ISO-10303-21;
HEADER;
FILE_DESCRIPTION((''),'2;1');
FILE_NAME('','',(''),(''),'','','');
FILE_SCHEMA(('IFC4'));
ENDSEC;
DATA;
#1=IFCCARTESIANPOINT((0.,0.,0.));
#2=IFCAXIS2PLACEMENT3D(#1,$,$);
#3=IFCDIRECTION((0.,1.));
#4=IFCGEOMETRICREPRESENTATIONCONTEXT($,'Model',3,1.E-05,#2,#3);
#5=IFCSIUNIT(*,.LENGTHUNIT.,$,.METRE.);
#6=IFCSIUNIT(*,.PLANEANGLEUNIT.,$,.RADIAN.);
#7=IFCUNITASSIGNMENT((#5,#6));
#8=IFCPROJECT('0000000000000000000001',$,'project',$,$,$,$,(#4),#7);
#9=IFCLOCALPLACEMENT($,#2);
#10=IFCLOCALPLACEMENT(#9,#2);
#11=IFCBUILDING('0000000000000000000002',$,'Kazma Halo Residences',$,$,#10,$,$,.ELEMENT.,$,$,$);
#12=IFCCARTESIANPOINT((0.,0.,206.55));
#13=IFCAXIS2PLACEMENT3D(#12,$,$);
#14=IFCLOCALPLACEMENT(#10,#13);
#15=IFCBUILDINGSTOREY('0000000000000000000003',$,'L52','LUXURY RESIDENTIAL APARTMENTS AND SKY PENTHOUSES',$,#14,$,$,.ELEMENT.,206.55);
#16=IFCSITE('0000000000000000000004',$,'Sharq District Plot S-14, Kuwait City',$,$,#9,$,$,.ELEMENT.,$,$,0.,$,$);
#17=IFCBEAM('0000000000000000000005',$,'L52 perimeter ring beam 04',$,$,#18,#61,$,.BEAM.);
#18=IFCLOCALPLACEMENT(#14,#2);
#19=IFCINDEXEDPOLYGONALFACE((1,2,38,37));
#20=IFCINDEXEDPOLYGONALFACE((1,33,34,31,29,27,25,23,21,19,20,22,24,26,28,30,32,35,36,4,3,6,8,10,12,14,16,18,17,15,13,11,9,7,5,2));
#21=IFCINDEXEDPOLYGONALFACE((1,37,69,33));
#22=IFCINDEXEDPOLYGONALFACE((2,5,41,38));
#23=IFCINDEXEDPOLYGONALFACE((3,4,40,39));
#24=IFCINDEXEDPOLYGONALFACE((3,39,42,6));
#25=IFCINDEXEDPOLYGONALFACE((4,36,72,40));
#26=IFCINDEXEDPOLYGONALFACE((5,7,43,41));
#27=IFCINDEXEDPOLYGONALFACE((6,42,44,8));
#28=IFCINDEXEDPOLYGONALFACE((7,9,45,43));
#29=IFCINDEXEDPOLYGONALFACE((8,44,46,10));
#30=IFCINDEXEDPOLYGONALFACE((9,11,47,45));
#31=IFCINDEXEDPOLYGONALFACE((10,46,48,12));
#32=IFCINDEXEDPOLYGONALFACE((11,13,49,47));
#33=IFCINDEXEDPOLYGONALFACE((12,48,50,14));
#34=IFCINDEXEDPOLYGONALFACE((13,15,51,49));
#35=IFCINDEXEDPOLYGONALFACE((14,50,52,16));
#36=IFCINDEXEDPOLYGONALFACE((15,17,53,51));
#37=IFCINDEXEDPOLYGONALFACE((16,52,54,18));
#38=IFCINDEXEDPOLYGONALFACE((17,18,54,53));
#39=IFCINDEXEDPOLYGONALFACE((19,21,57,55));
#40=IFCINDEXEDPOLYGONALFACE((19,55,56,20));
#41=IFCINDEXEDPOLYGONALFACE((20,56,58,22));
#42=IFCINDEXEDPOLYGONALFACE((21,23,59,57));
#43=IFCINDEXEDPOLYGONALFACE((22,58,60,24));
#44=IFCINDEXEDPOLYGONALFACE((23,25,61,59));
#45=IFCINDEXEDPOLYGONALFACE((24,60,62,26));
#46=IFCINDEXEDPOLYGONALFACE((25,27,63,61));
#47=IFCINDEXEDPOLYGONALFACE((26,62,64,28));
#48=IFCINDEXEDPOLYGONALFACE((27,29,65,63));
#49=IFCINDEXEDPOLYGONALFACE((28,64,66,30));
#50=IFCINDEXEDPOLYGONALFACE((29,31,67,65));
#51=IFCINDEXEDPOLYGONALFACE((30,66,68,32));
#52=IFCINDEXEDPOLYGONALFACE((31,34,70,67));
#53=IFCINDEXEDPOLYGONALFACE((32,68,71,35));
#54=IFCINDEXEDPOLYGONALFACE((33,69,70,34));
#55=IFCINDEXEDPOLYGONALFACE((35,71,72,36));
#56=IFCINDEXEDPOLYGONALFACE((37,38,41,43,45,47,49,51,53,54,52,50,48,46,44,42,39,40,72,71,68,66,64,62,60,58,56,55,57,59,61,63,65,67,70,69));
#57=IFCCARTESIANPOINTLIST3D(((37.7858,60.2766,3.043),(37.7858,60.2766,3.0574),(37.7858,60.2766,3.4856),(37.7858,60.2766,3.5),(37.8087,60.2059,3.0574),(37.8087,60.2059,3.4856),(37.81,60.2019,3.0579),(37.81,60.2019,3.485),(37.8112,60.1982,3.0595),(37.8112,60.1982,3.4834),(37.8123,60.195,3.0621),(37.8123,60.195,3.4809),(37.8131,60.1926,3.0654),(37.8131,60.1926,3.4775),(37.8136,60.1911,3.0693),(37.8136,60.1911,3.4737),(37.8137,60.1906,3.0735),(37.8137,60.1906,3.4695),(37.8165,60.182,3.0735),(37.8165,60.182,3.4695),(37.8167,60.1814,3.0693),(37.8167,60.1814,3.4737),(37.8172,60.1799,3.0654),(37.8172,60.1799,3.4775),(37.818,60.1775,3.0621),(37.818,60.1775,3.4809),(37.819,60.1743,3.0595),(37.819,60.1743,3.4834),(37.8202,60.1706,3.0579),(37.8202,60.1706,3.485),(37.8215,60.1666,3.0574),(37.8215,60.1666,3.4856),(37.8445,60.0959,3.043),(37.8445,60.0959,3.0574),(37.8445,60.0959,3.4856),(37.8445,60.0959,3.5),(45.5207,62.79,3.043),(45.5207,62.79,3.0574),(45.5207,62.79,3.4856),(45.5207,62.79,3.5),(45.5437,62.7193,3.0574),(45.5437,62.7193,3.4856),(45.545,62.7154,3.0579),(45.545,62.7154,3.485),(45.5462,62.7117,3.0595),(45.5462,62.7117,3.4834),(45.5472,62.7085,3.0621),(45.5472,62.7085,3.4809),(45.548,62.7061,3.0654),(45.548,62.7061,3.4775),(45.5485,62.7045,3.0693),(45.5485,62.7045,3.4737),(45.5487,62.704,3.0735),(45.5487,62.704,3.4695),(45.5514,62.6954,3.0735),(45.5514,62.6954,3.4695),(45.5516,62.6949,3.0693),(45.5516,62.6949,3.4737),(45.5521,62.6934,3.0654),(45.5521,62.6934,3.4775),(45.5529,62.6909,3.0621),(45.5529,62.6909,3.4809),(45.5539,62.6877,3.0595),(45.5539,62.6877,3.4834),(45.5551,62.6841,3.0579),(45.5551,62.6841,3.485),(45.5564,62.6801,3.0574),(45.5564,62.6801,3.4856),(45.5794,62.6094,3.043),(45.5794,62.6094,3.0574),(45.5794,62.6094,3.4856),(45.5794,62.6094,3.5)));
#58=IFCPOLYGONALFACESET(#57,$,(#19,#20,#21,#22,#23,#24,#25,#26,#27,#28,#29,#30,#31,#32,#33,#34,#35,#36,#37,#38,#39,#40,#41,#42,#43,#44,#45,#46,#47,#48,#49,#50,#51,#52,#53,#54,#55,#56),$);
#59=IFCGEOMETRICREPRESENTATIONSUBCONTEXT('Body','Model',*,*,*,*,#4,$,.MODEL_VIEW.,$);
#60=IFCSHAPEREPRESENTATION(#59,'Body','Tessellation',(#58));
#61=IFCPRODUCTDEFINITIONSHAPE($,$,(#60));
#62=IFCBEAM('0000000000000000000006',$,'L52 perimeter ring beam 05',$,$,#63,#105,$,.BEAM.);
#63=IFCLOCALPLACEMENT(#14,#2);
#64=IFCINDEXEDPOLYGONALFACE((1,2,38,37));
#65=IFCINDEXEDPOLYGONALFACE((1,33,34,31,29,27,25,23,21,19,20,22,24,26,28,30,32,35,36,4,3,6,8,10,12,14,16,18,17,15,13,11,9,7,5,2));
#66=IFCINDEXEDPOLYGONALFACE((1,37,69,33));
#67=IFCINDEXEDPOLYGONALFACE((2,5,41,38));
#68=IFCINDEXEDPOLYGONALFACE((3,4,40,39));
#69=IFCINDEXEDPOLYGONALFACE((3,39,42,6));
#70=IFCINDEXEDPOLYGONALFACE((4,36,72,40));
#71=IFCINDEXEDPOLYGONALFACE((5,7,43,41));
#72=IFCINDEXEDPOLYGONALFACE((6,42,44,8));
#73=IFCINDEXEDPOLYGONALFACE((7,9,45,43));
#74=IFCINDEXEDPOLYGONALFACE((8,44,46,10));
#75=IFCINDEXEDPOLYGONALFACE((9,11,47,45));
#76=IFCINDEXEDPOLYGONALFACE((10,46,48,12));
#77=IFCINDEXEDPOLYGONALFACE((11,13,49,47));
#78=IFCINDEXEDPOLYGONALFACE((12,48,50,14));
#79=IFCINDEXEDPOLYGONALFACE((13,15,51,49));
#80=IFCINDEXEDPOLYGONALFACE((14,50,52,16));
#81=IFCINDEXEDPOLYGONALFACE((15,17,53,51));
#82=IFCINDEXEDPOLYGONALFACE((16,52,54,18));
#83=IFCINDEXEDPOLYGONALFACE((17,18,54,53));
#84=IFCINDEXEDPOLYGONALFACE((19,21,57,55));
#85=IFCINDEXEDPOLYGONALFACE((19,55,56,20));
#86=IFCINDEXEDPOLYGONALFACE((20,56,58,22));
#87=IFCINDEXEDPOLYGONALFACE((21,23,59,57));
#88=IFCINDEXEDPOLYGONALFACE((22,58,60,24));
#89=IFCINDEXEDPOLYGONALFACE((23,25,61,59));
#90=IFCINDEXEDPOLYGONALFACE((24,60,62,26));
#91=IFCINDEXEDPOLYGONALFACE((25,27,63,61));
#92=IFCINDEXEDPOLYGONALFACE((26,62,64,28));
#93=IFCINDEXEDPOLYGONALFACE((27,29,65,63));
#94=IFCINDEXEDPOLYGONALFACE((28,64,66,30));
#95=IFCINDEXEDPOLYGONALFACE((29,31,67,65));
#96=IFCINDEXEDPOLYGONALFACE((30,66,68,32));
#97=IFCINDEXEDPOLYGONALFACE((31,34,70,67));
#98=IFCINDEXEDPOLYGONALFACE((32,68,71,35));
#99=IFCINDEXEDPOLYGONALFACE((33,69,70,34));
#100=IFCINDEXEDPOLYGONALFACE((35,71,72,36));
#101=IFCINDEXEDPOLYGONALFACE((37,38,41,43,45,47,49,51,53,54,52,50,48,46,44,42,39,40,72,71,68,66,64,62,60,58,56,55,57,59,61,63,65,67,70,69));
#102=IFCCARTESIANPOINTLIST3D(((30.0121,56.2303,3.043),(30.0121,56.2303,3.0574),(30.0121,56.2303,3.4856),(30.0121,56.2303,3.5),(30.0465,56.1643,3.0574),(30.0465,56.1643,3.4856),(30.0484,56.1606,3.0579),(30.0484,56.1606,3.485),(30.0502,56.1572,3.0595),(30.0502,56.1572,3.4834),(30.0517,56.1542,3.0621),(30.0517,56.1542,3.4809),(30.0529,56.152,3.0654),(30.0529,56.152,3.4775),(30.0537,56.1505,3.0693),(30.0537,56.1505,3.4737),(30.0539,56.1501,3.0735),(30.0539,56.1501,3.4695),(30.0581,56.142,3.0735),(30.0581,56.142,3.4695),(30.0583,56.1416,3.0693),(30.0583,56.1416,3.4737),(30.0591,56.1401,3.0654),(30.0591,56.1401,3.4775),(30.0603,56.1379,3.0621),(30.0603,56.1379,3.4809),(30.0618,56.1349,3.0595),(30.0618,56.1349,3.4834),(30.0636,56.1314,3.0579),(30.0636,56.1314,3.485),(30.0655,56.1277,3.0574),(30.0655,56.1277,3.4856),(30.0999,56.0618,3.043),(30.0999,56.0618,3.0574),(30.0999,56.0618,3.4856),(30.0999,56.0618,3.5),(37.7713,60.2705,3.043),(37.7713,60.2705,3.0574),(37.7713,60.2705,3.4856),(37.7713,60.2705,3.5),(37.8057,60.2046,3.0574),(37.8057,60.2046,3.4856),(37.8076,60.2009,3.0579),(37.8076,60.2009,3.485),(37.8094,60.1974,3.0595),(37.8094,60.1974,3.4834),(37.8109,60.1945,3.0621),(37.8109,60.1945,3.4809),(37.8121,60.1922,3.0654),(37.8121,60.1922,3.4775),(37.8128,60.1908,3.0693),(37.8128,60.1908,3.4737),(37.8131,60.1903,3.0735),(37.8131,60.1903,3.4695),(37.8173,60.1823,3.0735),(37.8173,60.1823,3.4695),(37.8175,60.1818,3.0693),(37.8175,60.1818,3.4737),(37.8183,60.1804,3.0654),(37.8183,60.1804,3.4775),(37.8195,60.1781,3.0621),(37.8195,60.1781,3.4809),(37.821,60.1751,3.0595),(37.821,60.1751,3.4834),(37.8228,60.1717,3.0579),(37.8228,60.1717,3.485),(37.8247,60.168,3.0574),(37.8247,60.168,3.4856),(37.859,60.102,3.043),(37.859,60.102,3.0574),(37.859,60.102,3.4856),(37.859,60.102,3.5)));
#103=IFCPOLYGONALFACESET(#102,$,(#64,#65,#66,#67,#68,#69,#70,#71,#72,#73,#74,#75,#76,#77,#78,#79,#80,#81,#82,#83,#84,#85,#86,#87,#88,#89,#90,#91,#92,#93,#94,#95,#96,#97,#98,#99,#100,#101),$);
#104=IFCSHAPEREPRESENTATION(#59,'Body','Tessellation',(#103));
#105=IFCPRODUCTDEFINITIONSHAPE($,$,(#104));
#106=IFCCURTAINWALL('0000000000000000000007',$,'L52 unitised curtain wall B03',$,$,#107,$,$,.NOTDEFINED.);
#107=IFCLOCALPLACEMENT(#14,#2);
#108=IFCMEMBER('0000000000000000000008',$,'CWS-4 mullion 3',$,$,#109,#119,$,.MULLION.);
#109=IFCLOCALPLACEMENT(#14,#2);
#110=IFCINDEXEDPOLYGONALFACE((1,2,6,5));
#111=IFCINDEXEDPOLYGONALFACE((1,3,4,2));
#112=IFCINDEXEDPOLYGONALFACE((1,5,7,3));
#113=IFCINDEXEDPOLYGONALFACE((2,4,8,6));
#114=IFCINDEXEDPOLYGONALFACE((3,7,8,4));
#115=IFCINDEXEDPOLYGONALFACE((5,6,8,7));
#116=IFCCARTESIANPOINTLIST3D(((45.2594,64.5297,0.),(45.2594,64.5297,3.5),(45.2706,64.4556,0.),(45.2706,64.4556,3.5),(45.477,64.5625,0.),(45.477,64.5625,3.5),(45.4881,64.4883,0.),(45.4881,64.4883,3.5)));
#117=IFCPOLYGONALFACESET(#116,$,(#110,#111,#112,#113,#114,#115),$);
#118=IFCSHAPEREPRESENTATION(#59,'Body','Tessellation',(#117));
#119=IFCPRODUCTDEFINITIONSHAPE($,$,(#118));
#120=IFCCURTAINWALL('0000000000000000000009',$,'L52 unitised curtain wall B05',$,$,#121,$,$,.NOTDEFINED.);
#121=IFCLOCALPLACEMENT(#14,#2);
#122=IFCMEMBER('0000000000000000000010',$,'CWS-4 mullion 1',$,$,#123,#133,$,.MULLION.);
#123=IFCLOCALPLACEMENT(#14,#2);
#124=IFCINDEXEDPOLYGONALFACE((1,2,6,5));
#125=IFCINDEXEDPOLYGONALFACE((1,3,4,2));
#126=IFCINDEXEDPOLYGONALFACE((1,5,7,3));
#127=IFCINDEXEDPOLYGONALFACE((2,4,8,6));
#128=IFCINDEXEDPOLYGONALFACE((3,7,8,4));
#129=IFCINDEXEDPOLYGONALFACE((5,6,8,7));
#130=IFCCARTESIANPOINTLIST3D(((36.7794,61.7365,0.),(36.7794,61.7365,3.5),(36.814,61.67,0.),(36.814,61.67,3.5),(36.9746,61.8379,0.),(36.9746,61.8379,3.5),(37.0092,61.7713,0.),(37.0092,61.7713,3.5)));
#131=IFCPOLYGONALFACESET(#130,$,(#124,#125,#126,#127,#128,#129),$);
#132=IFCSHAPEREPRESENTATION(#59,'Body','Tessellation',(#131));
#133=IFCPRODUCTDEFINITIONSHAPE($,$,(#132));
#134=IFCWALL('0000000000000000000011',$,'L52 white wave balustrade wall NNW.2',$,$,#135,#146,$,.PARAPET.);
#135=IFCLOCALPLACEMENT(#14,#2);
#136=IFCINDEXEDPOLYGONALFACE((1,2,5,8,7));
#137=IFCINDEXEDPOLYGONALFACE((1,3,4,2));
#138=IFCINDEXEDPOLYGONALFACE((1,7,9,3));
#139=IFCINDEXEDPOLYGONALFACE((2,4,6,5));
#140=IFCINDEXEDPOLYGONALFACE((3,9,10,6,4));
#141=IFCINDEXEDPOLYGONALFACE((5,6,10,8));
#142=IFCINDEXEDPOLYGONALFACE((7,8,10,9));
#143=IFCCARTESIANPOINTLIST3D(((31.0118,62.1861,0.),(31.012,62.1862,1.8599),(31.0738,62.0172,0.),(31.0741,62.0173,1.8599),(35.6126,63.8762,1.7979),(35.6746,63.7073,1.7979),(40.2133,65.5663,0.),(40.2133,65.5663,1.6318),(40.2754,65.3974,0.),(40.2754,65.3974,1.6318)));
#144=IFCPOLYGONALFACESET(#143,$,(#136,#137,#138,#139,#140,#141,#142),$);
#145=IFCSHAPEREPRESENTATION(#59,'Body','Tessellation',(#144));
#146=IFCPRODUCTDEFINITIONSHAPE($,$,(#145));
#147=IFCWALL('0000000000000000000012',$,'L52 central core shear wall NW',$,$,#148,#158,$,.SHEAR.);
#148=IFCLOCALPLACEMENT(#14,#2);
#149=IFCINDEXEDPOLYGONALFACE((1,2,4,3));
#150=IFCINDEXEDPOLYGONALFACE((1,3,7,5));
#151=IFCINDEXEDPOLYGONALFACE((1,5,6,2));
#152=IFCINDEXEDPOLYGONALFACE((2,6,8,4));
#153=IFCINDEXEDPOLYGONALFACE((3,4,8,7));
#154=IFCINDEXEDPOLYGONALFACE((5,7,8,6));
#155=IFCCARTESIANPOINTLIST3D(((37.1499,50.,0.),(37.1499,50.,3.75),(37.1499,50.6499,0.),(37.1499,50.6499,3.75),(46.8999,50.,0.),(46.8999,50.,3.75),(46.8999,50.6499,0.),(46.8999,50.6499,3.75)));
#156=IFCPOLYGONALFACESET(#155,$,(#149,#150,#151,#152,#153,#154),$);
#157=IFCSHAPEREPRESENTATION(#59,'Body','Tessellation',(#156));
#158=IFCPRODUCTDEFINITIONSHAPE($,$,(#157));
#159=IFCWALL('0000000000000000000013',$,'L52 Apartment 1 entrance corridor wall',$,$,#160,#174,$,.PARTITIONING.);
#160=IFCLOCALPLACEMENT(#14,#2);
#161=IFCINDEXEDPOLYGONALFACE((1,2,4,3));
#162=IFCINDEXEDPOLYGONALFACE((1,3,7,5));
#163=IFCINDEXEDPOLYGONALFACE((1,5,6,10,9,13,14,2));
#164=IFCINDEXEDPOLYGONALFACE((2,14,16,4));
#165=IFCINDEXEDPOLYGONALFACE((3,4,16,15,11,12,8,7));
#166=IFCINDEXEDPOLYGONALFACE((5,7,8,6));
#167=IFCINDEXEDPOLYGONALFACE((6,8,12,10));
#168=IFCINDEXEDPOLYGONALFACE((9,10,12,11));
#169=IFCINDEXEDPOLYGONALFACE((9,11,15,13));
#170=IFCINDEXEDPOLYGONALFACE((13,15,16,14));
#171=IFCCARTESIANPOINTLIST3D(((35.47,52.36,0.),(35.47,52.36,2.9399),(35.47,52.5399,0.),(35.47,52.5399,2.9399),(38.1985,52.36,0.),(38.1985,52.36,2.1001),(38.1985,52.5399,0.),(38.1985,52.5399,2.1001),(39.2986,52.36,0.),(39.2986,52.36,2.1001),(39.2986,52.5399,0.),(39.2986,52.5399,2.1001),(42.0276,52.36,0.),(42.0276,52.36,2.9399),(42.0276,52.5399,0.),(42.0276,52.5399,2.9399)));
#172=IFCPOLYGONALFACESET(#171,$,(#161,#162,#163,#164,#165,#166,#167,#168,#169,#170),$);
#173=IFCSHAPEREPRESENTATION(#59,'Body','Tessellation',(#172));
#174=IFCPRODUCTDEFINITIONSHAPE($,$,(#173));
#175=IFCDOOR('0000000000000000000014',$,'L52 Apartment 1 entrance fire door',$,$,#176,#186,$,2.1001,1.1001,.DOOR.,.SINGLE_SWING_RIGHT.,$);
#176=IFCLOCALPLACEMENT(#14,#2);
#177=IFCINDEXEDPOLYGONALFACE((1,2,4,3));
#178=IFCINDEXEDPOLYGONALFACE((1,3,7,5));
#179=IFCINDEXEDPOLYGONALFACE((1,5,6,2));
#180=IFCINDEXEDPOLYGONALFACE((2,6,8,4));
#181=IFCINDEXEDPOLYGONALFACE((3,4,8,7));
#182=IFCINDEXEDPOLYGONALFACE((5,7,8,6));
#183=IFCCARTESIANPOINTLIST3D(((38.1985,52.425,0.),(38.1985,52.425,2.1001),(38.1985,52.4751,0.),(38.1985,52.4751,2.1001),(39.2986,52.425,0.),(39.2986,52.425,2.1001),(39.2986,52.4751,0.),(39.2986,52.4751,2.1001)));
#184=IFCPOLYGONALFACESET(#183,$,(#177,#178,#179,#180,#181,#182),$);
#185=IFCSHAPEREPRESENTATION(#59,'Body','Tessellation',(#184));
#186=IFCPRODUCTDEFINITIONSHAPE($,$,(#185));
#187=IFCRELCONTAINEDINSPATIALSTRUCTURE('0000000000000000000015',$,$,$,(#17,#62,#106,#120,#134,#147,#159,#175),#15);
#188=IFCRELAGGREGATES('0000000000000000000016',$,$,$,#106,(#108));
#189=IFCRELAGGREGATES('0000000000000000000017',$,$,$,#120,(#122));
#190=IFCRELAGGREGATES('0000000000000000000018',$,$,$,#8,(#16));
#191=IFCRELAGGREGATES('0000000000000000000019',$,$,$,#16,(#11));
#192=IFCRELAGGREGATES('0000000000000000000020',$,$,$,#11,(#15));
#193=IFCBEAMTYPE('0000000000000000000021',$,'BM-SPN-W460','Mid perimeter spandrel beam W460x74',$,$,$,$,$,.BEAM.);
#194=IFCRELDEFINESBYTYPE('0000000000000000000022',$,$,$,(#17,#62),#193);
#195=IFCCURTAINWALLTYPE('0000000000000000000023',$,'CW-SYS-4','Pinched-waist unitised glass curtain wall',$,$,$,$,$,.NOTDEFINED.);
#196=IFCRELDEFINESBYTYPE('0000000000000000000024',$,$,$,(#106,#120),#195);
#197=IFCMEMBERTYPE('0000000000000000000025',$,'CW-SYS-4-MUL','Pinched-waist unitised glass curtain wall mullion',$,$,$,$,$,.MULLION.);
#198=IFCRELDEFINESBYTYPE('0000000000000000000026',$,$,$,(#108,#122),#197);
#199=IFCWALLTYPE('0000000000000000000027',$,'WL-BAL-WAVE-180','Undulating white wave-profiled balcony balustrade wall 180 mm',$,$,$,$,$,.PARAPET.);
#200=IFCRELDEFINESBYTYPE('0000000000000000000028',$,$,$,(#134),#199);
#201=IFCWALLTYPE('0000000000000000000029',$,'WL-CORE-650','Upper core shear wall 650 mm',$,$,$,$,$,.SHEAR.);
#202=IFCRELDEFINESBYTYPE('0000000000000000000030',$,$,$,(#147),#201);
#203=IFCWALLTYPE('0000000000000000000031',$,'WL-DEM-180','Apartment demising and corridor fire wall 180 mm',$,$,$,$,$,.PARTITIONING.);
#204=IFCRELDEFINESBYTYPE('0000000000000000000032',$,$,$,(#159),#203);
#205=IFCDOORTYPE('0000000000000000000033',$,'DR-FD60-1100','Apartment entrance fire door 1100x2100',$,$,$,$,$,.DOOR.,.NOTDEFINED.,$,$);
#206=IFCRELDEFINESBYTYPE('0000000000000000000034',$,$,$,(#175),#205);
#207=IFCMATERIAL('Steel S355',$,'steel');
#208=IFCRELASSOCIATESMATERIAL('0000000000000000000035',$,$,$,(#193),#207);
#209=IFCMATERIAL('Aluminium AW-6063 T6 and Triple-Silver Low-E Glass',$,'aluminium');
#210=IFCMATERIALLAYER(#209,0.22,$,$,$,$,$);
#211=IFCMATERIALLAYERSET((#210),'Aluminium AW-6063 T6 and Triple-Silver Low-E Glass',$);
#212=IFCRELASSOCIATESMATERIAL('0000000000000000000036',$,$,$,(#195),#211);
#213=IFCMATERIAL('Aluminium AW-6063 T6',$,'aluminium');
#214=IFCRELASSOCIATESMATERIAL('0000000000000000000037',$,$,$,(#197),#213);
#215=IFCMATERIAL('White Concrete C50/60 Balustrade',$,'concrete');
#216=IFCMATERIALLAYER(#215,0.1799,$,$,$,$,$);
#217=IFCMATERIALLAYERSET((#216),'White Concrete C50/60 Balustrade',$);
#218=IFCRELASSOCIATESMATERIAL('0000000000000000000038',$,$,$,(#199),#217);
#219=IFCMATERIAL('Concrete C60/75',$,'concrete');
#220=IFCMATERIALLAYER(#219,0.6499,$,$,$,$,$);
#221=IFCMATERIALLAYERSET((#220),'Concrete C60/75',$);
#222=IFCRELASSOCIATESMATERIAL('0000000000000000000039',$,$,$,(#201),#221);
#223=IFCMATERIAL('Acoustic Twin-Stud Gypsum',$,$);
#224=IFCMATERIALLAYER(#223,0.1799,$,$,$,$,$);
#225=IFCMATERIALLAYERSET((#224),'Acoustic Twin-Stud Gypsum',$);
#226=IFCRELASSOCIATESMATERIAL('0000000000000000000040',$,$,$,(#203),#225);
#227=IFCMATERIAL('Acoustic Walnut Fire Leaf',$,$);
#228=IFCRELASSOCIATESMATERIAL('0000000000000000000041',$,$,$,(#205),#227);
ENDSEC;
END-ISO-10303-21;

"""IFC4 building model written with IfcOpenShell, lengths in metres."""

from ifc_helpers import new_model, si_unit, direction, frame, frame_2d, origin, origin_2d, place, context, subcontext, project, spatial, polyline, rectangle, i_section, outline, extrude, material, layer, layer_set, material_profile, profile_set, type_object, element, fill, aggregate, save


model = new_model("IFC4")

# Units and contexts
model_context = context("Model", 3, precision=1e-05, world=origin(), true_north=direction((0.0, 1.0)))
body_context = subcontext(model_context, "Body", "Model", "MODEL_VIEW")
ifc_project = project(units=[si_unit("LENGTHUNIT", "METRE"), si_unit("PLANEANGLEUNIT", "RADIAN")], contexts=[model_context])

# Site, building, storey
site_placement = place(None, origin())
site = spatial("IfcSite", under=ifc_project, at=site_placement, Name="Sharq District Plot S-14, Kuwait City", CompositionType="ELEMENT", RefElevation=0.0)
building_placement = place(site_placement, origin())
building = spatial("IfcBuilding", under=site, at=building_placement, Name="Kazma Halo Residences", CompositionType="ELEMENT")
storey_placement = place(building_placement, frame((0.0, 0.0, 206.55)))
storey = spatial("IfcBuildingStorey", under=building, at=storey_placement, Name="L52", Description="LUXURY RESIDENTIAL APARTMENTS AND SKY PENTHOUSES", CompositionType="ELEMENT", Elevation=206.55)

# Beams
ifc_material_1 = material(Name="Steel S355", Category="steel")
ifc_material_profile_1 = material_profile(ifc_material_1, i_section(OverallWidth=0.1899, OverallDepth=0.457, WebThickness=0.009, FlangeThickness=0.0144, FilletRadius=0.0161, at=origin_2d()), Name="W460x74")
ifc_profile_set_1 = profile_set([ifc_material_profile_1], Name="Steel S355")
beam_type_1 = type_object("IfcBeamType", Name="BM-SPN-W460", Description="Mid perimeter spandrel beam W460x74", PredefinedType="BEAM", material=ifc_profile_set_1)
beam_1_placement = place(storey_placement, frame((45.55, 62.6997, 3.2715), z_axis=(-0.951049, -0.309041, 0.0), x_axis=(0.309041, -0.951049, 0.0)))
element("IfcBeam", 1, at=beam_1_placement, inside=storey, type_object=beam_type_1, Name="L52 perimeter ring beam 04", PredefinedType="BEAM", context=body_context, shape_type="SweptSolid", body=[
    extrude(i_section(OverallWidth=0.1899, OverallDepth=0.457, WebThickness=0.009, FlangeThickness=0.0144, FilletRadius=0.0161, at=origin_2d()), origin(), (0.0, 0.0, 1.0), 8.1331),
])
beam_2_placement = place(storey_placement, frame((37.8152, 60.1863, 3.2715), z_axis=(-0.886961, -0.461844, 0.0), x_axis=(0.461844, -0.886961, 0.0)))
element("IfcBeam", 2, at=beam_2_placement, inside=storey, type_object=beam_type_1, Name="L52 perimeter ring beam 05", PredefinedType="BEAM", context=body_context, shape_type="SweptSolid", body=[
    extrude(i_section(OverallWidth=0.1899, OverallDepth=0.457, WebThickness=0.009, FlangeThickness=0.0144, FilletRadius=0.0161, at=origin_2d()), origin(), (0.0, 0.0, 1.0), 8.748),
])

# Curtain walls, members
ifc_material_2 = material(Name="Aluminium AW-6063 T6 and Triple-Silver Low-E Glass", Category="aluminium")
ifc_layer_1 = layer(ifc_material_2, 0.22)
ifc_layer_set_1 = layer_set([ifc_layer_1], Name="Aluminium AW-6063 T6 and Triple-Silver Low-E Glass")
curtain_wall_type = type_object("IfcCurtainWallType", Name="CW-SYS-4", Description="Pinched-waist unitised glass curtain wall", PredefinedType="NOTDEFINED", material=ifc_layer_set_1)
curtain_wall_1_placement = place(storey_placement, origin())
curtain_wall_1 = element("IfcCurtainWall", 3, at=curtain_wall_1_placement, inside=storey, type_object=curtain_wall_type, Name="L52 unitised curtain wall B03", PredefinedType="NOTDEFINED")
ifc_material_3 = material(Name="Aluminium AW-6063 T6", Category="aluminium")
ifc_material_profile_2 = material_profile(ifc_material_3, rectangle(XDim=0.075, YDim=0.22, at=origin_2d()), Name="CWM-75x220")
ifc_profile_set_2 = profile_set([ifc_material_profile_2], Name="Aluminium AW-6063 T6")
member_type = type_object("IfcMemberType", Name="CW-SYS-4-MUL", Description="Pinched-waist unitised glass curtain wall mullion", PredefinedType="MULLION", material=ifc_profile_set_2)
member_1_placement = place(storey_placement, frame((45.3738, 64.509, 0.0), z_axis=(0.0, 0.0, 1.0), x_axis=(0.148773, -0.988871, 0.0)))
member_1 = element("IfcMember", 4, at=member_1_placement, type_object=member_type, Name="CWS-4 mullion 3", PredefinedType="MULLION", context=body_context, shape_type="SweptSolid", body=[
    extrude(rectangle(XDim=0.075, YDim=0.22, at=origin_2d()), origin(), (0.0, 0.0, 1.0), 3.5),
])
aggregate(curtain_wall_1, [member_1])
curtain_wall_2_placement = place(storey_placement, origin())
curtain_wall_2 = element("IfcCurtainWall", 5, at=curtain_wall_2_placement, inside=storey, type_object=curtain_wall_type, Name="L52 unitised curtain wall B05", PredefinedType="NOTDEFINED")
member_2_placement = place(storey_placement, frame((36.8943, 61.7539, 0.0), z_axis=(0.0, 0.0, 1.0), x_axis=(0.460874, -0.887466, 0.0)))
member_2 = element("IfcMember", 6, at=member_2_placement, type_object=member_type, Name="CWS-4 mullion 1", PredefinedType="MULLION", context=body_context, shape_type="SweptSolid", body=[
    extrude(rectangle(XDim=0.075, YDim=0.22, at=origin_2d()), origin(), (0.0, 0.0, 1.0), 3.5),
])
aggregate(curtain_wall_2, [member_2])

# Walls
ifc_material_4 = material(Name="White Concrete C50/60 Balustrade", Category="concrete")
ifc_layer_2 = layer(ifc_material_4, 0.1799)
ifc_layer_set_2 = layer_set([ifc_layer_2], Name="White Concrete C50/60 Balustrade")
wall_type_1 = type_object("IfcWallType", Name="WL-BAL-WAVE-180", Description="Undulating white wave-profiled balcony balustrade wall 180 mm", PredefinedType="PARAPET", material=ifc_layer_set_2)
wall_1_placement = place(storey_placement, frame((40.2444, 65.4817, 0.0), z_axis=(0.0, 0.0, 1.0), x_axis=(-0.938669, -0.344819, 0.0)))
element("IfcWall", 7, at=wall_1_placement, inside=storey, type_object=wall_type_1, Name="L52 white wave balustrade wall NNW.2", PredefinedType="PARAPET", context=body_context, shape_type="SweptSolid", body=[
    extrude(outline(polyline([(0.0, 0.0), (9.8027, 0.0), (9.8025, 1.8599), (4.9014, 1.7979), (0.0, 1.6318), (0.0, 0.0)])), frame((0.0, 0.0898, 0.0), z_axis=(0.0, -1.0, 0.0), x_axis=(1.0, 0.0, 0.0)), (0.0, 0.0, 1.0), 0.1799),
])
ifc_material_5 = material(Name="Concrete C60/75", Category="concrete")
ifc_layer_3 = layer(ifc_material_5, 0.6499)
ifc_layer_set_3 = layer_set([ifc_layer_3], Name="Concrete C60/75")
wall_type_2 = type_object("IfcWallType", Name="WL-CORE-650", Description="Upper core shear wall 650 mm", PredefinedType="SHEAR", material=ifc_layer_set_3)
wall_2_placement = place(storey_placement, frame((37.1499, 50.325, 0.0), z_axis=(0.0, 0.0, 1.0), x_axis=(1.0, 0.0, 0.0)))
element("IfcWall", 8, at=wall_2_placement, inside=storey, type_object=wall_type_2, Name="L52 central core shear wall NW", PredefinedType="SHEAR", context=body_context, shape_type="SweptSolid", body=[
    extrude(rectangle(XDim=9.75, YDim=0.6499, at=frame_2d((4.875, 0.0))), origin(), (0.0, 0.0, 1.0), 3.75),
])

# Wall, opening, door
ifc_material_6 = material(Name="Acoustic Twin-Stud Gypsum")
ifc_layer_4 = layer(ifc_material_6, 0.1799)
ifc_layer_set_4 = layer_set([ifc_layer_4], Name="Acoustic Twin-Stud Gypsum")
wall_type_3 = type_object("IfcWallType", Name="WL-DEM-180", Description="Apartment demising and corridor fire wall 180 mm", PredefinedType="PARTITIONING", material=ifc_layer_set_4)
wall_3_placement = place(storey_placement, frame((42.0276, 52.45, 0.0), z_axis=(0.0, 0.0, 1.0), x_axis=(-1.0, 0.0, 0.0)))
wall_3 = element("IfcWall", 9, at=wall_3_placement, inside=storey, type_object=wall_type_3, Name="L52 Apartment 1 entrance corridor wall", PredefinedType="PARTITIONING", context=body_context, shape_type="SweptSolid", body=[
    extrude(rectangle(XDim=6.5576, YDim=0.1799, at=frame_2d((3.2788, 0.0))), origin(), (0.0, 0.0, 1.0), 2.9399),
])
opening_1_placement = place(wall_3_placement, frame((2.729, 0.0, 0.0)))
opening_1 = element("IfcOpeningElement", 10, at=opening_1_placement, cuts=wall_3, PredefinedType="OPENING", context=body_context, shape_type="SweptSolid", body=[
    extrude(rectangle(XDim=1.1001, YDim=2.1001, at=frame_2d((0.55, 1.05))), frame((0.0, 0.0999, 0.0), z_axis=(0.0, -1.0, 0.0), x_axis=(1.0, 0.0, 0.0)), (0.0, 0.0, 1.0), 0.2),
])
ifc_material_7 = material(Name="Acoustic Walnut Fire Leaf")
door_type_1 = type_object("IfcDoorType", Name="DR-FD60-1100", Description="Apartment entrance fire door 1100x2100", OperationType="NOTDEFINED", PredefinedType="DOOR", material=ifc_material_7)
door_1_placement = place(opening_1_placement, origin())
door_1 = element("IfcDoor", 11, at=door_1_placement, inside=storey, type_object=door_type_1, Name="L52 Apartment 1 entrance fire door", OperationType="SINGLE_SWING_RIGHT", OverallHeight=2.1001, OverallWidth=1.1001, PredefinedType="DOOR", context=body_context, shape_type="SweptSolid", body=[
    extrude(rectangle(XDim=1.1001, YDim=2.1001, at=frame_2d((0.55, 1.05))), frame((0.0, 0.0249, 0.0), z_axis=(0.0, -1.0, 0.0), x_axis=(1.0, 0.0, 0.0)), (0.0, 0.0, 1.0), 0.05),
])
fill(opening_1, door_1)

save(model, "model.ifc")
